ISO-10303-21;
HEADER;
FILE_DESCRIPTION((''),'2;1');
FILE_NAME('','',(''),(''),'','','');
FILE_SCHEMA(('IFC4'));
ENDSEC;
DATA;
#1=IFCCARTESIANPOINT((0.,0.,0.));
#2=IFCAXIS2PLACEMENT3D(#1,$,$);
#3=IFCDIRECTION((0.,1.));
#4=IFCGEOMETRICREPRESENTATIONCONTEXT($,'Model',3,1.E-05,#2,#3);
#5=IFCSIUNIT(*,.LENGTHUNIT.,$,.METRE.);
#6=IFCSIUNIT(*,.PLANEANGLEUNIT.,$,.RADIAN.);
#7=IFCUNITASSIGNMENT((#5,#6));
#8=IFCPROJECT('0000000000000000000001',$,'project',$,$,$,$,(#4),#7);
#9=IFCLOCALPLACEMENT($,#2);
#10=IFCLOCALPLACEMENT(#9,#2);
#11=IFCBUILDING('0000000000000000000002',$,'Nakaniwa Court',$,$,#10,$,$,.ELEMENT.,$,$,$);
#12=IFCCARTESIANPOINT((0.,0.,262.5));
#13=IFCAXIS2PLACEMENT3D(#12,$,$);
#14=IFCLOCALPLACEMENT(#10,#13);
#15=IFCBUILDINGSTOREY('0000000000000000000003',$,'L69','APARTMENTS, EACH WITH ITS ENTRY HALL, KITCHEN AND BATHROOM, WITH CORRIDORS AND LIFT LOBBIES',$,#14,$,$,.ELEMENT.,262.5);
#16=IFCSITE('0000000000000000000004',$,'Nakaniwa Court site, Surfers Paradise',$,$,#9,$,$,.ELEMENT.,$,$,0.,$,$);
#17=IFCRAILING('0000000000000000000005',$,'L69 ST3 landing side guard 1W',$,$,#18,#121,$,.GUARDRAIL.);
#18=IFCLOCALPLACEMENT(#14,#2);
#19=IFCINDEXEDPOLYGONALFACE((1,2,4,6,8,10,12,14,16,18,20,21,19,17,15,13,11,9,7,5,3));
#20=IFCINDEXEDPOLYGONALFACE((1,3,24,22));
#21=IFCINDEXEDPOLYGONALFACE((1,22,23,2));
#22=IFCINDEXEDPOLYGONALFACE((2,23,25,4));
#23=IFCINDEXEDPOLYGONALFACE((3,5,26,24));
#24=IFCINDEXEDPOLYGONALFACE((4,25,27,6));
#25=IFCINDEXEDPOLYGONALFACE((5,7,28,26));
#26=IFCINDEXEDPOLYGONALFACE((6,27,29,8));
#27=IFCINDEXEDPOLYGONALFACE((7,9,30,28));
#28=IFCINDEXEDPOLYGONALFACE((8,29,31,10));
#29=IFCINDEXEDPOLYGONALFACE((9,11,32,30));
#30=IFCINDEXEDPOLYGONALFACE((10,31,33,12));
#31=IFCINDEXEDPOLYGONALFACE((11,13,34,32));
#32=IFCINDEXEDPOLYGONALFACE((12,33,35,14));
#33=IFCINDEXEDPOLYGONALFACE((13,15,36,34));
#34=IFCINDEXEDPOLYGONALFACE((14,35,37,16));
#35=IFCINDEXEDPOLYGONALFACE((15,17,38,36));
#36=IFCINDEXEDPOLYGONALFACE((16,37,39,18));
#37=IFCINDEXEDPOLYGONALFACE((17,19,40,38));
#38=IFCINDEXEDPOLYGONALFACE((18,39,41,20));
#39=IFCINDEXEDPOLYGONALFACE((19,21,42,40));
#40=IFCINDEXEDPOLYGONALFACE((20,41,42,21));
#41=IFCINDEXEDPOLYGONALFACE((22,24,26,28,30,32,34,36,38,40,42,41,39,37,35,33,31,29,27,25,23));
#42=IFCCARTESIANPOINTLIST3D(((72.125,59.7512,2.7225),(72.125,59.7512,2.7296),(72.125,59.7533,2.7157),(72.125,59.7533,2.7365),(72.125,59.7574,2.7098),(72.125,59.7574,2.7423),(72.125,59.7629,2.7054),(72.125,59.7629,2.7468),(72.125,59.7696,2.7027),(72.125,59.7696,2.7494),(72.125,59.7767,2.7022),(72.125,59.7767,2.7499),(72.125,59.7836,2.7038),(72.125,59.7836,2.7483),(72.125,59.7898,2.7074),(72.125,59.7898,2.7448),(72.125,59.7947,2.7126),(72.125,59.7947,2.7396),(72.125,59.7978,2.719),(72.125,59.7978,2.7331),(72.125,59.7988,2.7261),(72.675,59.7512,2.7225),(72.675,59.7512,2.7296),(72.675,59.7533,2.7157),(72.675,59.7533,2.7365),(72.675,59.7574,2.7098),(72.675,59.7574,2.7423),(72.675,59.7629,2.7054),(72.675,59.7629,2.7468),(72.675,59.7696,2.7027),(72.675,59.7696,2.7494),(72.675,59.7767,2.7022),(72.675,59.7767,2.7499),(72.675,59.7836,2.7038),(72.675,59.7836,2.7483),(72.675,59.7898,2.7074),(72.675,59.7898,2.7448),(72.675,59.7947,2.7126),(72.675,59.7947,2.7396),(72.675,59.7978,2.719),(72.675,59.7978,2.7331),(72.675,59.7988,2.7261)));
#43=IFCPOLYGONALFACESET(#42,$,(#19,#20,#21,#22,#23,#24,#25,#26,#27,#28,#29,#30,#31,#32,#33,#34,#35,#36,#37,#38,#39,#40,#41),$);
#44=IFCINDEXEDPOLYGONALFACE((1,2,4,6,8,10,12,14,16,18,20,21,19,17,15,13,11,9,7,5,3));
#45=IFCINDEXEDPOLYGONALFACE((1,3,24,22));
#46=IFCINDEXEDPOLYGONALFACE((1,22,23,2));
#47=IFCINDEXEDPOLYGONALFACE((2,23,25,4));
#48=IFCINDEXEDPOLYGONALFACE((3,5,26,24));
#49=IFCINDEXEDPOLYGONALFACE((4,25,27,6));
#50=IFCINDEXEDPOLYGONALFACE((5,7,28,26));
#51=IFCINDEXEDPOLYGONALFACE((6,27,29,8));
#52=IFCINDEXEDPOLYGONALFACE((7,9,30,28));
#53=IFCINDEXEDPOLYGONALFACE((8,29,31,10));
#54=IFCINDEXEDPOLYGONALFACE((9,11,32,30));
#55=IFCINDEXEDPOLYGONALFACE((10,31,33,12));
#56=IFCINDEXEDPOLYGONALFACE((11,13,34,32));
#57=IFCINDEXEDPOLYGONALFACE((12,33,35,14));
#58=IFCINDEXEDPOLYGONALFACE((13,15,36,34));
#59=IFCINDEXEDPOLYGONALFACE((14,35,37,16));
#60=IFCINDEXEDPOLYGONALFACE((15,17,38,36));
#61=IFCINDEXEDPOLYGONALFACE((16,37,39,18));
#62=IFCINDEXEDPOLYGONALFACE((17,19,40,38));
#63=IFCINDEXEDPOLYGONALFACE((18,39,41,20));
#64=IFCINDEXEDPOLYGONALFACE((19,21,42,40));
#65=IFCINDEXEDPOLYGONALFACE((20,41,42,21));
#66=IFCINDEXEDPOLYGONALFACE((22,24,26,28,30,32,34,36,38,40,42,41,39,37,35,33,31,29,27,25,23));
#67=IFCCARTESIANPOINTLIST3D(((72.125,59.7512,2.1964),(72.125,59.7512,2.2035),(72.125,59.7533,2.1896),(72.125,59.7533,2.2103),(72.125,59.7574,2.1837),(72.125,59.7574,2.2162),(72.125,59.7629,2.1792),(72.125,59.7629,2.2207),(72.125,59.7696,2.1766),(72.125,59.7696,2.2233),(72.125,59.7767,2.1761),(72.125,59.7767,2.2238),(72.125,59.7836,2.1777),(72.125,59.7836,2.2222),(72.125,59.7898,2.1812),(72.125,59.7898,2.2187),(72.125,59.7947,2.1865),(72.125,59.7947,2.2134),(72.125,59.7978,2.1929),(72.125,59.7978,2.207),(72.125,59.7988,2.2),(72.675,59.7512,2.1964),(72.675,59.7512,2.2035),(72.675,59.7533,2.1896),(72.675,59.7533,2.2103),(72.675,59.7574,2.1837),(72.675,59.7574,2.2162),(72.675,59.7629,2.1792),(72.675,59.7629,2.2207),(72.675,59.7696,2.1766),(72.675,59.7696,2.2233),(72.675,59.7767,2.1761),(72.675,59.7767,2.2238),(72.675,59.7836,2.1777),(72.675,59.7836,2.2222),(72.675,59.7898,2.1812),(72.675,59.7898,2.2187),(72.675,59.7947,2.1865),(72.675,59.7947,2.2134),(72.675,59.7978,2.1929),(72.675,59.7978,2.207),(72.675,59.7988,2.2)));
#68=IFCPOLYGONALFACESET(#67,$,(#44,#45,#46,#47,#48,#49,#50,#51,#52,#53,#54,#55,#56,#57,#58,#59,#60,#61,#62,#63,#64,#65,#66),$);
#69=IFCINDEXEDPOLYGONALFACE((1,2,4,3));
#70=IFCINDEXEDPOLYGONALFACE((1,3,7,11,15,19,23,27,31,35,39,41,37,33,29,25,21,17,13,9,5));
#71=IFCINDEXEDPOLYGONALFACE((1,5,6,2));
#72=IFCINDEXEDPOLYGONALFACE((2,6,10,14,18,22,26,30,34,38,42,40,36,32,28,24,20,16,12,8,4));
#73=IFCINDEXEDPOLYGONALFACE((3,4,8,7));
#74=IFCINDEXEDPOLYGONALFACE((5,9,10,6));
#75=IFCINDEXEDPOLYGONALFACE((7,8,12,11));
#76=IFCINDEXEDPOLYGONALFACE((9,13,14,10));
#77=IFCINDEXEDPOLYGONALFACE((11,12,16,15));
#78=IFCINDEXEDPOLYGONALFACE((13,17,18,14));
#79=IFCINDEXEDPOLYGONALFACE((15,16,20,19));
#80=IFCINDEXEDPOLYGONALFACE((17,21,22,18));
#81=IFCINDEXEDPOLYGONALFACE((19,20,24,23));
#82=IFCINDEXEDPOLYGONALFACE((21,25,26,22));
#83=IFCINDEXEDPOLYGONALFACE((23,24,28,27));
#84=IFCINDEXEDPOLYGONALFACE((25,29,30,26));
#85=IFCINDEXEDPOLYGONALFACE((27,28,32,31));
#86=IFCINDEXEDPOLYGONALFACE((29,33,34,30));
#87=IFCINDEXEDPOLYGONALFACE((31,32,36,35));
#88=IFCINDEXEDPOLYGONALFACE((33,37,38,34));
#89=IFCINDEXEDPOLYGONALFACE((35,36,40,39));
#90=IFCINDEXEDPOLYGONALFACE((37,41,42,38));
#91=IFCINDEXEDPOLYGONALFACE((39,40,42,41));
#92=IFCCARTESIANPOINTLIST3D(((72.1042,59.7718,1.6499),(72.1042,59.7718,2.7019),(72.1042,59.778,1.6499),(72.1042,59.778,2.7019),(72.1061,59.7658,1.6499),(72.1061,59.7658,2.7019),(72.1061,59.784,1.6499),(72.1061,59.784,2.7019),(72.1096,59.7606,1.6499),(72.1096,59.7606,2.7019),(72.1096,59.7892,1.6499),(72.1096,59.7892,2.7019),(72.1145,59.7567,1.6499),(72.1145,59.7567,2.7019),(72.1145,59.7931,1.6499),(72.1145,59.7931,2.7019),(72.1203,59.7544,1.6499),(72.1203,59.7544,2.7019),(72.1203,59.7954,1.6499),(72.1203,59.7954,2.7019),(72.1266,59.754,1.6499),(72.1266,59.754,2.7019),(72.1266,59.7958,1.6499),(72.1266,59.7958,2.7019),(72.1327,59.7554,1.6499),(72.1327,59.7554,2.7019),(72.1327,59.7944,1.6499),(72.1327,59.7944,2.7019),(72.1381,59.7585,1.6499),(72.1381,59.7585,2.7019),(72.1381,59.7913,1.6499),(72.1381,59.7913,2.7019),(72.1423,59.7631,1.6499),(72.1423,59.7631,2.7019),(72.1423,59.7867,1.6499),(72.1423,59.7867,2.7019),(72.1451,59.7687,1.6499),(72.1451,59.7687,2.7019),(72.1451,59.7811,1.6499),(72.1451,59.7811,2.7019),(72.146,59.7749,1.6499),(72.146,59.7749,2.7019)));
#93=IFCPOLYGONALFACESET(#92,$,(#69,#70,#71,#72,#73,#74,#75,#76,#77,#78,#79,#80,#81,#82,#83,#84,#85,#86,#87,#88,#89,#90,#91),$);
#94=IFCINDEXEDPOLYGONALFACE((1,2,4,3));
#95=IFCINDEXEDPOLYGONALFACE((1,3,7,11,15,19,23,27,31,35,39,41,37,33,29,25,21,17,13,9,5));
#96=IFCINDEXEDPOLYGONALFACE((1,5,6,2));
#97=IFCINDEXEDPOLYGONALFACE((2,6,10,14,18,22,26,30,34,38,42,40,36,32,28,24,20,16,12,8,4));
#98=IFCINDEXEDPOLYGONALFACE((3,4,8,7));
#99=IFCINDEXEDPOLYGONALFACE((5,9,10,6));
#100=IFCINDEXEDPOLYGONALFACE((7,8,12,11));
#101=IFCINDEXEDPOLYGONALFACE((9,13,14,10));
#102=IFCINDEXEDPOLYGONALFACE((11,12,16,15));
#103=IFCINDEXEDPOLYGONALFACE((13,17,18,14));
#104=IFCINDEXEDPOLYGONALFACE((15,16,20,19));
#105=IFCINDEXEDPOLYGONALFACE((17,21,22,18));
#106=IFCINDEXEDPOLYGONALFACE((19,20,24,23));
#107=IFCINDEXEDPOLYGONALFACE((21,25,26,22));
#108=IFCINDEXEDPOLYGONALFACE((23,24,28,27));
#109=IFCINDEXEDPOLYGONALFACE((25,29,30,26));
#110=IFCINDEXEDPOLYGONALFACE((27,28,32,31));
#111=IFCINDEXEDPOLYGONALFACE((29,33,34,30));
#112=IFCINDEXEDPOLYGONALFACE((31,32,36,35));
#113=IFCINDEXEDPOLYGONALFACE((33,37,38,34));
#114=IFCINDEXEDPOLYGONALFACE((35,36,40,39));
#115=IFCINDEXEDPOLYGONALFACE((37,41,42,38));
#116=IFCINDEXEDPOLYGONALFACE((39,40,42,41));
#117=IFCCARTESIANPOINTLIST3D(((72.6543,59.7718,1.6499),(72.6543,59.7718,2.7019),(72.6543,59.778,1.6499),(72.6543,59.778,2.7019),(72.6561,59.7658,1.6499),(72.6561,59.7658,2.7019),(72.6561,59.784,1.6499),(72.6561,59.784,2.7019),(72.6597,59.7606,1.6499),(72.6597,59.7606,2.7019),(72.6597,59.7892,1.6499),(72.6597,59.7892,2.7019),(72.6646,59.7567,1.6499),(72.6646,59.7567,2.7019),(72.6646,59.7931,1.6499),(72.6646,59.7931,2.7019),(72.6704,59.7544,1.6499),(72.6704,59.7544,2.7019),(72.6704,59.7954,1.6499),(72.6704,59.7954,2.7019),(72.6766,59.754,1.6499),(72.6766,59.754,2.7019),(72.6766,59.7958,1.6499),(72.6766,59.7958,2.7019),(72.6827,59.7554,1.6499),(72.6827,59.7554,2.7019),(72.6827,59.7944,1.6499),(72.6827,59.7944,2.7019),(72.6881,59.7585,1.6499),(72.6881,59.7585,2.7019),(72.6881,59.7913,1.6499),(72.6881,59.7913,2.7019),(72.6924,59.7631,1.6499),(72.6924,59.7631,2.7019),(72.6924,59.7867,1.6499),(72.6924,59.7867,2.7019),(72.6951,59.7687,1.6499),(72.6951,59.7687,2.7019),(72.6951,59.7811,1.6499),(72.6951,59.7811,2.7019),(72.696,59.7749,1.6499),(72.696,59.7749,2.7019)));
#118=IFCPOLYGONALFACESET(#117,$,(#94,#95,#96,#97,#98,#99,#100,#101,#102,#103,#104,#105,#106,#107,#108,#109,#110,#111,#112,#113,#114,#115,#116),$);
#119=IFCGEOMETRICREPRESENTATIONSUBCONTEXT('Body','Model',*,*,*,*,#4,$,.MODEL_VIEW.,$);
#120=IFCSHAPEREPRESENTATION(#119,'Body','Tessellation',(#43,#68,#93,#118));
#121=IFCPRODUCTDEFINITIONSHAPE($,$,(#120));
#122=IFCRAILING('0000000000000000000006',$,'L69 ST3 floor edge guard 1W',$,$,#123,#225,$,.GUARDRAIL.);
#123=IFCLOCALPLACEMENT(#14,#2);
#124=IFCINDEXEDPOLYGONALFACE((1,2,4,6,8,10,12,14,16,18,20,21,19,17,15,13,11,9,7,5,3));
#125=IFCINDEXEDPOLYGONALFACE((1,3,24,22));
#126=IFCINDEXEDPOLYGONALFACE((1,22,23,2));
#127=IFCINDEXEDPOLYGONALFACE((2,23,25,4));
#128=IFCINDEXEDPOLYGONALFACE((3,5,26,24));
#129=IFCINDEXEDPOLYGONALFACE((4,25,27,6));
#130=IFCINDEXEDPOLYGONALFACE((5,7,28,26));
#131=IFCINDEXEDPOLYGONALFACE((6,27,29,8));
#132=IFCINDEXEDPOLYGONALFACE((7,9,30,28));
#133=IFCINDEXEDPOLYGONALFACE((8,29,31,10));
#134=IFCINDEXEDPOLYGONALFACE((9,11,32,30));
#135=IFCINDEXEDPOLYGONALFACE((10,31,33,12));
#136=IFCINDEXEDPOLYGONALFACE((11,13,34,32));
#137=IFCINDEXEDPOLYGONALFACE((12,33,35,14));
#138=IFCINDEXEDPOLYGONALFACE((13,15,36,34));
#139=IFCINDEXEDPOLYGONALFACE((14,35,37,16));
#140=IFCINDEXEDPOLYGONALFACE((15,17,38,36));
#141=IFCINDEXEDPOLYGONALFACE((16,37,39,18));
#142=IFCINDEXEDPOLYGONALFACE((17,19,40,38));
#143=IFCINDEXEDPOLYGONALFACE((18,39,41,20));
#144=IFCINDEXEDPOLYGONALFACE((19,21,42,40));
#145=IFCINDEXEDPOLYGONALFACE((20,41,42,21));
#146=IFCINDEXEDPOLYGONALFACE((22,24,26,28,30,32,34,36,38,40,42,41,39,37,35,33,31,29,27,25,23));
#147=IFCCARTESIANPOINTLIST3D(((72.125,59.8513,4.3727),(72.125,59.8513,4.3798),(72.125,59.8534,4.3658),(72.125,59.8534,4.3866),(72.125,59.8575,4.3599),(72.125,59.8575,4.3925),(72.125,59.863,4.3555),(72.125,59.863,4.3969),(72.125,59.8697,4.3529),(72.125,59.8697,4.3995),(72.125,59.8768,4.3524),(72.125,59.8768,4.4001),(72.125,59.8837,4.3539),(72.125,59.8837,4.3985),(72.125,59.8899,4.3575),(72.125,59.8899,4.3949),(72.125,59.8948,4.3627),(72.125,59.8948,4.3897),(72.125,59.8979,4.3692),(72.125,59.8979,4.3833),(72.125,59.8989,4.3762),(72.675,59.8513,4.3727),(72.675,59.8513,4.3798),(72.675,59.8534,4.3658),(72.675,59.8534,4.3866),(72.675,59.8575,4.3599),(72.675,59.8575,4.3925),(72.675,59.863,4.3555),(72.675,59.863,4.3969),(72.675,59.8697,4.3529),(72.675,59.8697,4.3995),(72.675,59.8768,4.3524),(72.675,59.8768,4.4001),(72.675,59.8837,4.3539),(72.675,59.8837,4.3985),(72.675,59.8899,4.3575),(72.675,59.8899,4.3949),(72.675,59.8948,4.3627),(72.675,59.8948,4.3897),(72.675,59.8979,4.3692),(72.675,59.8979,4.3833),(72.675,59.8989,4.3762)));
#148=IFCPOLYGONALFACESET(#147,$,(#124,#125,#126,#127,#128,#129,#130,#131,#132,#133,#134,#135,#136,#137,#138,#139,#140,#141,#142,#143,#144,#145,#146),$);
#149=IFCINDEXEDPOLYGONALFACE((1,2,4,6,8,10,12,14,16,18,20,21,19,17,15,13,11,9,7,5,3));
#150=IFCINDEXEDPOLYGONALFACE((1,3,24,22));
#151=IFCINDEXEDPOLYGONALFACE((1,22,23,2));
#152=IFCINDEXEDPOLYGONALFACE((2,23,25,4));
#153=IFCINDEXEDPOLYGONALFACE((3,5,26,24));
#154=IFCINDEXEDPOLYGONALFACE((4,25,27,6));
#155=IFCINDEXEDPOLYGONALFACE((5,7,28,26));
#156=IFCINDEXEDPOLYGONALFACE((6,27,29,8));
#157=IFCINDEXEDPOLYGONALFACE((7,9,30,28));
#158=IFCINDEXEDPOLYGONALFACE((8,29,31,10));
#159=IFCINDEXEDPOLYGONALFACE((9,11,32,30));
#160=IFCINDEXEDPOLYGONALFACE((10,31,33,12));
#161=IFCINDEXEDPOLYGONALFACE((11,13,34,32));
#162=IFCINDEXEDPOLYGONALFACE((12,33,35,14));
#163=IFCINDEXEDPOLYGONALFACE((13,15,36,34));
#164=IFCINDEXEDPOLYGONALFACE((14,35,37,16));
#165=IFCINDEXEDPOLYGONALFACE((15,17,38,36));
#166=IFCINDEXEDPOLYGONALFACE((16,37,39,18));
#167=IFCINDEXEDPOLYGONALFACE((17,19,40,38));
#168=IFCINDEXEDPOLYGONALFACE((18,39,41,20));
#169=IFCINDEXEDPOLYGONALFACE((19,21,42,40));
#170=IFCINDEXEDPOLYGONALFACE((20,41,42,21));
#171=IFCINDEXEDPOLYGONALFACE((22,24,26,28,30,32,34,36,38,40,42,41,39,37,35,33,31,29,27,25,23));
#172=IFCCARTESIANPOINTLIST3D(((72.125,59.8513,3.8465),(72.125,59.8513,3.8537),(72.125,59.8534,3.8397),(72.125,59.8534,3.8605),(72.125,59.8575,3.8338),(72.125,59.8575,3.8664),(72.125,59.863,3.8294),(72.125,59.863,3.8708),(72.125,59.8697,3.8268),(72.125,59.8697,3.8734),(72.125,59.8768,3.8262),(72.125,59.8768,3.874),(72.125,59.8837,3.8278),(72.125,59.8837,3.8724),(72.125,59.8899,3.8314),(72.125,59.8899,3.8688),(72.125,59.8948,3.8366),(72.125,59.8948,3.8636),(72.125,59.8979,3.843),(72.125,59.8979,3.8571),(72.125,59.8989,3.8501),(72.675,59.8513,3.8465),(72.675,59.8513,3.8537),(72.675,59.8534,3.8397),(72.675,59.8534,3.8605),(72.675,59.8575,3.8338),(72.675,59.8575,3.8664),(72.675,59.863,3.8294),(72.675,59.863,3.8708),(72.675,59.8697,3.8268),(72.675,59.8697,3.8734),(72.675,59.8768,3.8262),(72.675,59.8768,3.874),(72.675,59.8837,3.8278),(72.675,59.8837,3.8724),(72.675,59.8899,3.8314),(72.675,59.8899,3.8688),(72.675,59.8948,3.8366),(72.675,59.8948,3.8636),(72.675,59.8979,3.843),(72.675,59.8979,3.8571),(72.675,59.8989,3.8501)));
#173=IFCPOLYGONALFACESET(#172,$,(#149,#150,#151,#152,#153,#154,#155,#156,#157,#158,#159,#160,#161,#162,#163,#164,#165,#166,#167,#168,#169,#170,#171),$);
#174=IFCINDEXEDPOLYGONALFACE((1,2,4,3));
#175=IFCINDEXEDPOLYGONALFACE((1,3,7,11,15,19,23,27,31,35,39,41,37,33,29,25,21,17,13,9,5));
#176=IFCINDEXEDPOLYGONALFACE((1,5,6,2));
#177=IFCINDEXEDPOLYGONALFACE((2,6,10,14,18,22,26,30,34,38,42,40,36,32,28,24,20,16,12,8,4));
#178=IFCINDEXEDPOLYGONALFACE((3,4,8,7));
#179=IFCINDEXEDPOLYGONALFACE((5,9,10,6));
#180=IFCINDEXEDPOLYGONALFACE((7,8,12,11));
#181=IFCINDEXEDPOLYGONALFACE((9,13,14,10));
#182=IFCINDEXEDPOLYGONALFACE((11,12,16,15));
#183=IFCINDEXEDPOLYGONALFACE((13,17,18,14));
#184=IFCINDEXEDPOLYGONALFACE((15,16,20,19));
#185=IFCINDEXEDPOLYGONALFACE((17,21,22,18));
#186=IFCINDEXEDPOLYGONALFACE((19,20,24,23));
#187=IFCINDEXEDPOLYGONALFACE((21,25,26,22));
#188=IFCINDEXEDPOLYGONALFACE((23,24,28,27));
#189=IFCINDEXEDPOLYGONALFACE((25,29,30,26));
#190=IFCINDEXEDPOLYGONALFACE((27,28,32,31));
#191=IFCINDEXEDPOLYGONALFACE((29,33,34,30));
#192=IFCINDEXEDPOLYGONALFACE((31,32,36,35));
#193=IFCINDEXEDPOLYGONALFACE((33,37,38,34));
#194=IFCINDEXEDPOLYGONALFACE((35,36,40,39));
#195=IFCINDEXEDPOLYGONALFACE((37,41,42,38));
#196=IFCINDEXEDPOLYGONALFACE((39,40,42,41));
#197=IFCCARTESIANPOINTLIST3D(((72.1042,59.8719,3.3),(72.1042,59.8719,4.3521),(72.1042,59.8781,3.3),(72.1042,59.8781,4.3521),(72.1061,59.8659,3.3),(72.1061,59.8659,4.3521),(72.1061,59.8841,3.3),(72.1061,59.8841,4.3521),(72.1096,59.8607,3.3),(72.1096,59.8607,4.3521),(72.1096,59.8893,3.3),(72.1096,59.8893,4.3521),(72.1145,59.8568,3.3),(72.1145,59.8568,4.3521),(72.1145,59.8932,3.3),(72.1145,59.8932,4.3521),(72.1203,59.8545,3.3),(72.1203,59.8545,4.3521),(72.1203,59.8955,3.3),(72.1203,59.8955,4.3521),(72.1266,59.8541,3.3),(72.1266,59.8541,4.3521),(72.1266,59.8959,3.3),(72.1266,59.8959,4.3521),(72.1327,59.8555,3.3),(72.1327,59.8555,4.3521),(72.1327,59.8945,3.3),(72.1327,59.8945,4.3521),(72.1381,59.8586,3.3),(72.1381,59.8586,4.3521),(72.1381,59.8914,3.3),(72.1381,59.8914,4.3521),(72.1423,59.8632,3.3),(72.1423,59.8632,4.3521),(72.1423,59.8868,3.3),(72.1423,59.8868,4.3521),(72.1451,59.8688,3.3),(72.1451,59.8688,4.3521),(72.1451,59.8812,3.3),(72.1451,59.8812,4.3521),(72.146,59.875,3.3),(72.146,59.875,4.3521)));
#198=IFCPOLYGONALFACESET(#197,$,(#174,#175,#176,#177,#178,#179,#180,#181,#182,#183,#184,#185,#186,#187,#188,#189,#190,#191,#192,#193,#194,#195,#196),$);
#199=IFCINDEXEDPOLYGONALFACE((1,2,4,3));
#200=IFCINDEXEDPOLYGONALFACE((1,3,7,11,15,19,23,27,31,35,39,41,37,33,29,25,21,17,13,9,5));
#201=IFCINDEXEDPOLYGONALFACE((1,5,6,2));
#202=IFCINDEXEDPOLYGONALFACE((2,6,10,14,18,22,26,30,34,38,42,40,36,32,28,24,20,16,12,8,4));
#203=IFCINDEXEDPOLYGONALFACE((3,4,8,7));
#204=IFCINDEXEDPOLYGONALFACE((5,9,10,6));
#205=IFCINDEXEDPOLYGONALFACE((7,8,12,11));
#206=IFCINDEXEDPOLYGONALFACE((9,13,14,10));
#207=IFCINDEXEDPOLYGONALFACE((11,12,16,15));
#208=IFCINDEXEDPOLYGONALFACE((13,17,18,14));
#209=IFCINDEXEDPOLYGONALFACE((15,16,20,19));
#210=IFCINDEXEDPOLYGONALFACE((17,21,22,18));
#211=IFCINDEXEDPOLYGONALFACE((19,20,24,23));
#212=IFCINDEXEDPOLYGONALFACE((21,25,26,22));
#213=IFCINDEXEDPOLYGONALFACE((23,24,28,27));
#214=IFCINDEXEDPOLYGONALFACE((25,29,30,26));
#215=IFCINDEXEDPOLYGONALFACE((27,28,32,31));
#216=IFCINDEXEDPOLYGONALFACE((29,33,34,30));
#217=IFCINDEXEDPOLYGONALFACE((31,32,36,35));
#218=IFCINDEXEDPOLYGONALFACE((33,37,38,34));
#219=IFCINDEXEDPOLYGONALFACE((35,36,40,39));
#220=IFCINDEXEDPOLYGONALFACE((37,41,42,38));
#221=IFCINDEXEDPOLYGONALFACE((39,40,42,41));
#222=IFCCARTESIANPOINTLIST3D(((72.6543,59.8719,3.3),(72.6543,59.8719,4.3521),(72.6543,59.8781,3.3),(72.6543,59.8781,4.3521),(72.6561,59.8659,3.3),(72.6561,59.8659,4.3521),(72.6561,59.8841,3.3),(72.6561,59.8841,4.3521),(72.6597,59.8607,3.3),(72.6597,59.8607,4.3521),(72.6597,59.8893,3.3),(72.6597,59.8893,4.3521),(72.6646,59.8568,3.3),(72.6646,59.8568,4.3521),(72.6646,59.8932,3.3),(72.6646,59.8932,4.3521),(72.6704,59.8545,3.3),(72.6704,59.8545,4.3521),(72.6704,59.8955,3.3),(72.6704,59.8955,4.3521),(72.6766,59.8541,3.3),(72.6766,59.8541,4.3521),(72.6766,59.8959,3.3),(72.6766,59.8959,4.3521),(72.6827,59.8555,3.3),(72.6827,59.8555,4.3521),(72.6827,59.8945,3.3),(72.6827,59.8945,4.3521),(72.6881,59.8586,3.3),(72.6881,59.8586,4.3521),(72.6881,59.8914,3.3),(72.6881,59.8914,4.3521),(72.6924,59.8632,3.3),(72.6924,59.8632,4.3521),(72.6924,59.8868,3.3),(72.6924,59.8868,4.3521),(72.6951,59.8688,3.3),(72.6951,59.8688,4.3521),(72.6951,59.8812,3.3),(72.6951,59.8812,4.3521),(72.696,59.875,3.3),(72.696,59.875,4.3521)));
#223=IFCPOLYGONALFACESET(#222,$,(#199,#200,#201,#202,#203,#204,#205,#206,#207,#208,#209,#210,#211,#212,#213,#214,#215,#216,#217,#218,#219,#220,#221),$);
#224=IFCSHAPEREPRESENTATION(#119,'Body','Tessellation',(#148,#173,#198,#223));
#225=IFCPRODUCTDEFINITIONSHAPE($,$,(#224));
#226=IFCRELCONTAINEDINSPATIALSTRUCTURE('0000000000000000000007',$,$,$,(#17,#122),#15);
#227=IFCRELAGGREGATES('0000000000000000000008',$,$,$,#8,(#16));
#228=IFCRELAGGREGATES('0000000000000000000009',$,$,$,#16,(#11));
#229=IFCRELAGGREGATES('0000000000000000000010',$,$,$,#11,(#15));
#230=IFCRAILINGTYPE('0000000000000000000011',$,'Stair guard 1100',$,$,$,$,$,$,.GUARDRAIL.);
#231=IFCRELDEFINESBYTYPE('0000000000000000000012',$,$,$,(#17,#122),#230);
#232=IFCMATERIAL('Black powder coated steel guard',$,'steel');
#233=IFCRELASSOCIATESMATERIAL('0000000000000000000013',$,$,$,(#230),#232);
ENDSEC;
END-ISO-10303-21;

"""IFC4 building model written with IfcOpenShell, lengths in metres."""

from ifc_helpers import new_model, si_unit, direction, frame, origin, origin_2d, place, context, subcontext, project, spatial, circle, extrude, material, type_object, element, save


model = new_model("IFC4")

# Units and contexts
model_context = context("Model", 3, precision=1e-05, world=origin(), true_north=direction((0.0, 1.0)))
body_context = subcontext(model_context, "Body", "Model", "MODEL_VIEW")
ifc_project = project(units=[si_unit("LENGTHUNIT", "METRE"), si_unit("PLANEANGLEUNIT", "RADIAN")], contexts=[model_context])

# Site, building, storey
site_placement = place(None, origin())
site = spatial("IfcSite", under=ifc_project, at=site_placement, Name="Nakaniwa Court site, Surfers Paradise", CompositionType="ELEMENT", RefElevation=0.0)
building_placement = place(site_placement, origin())
building = spatial("IfcBuilding", under=site, at=building_placement, Name="Nakaniwa Court", CompositionType="ELEMENT")
storey_placement = place(building_placement, frame((0.0, 0.0, 262.5)))
storey = spatial("IfcBuildingStorey", under=building, at=storey_placement, Name="L69", Description="APARTMENTS, EACH WITH ITS ENTRY HALL, KITCHEN AND BATHROOM, WITH CORRIDORS AND LIFT LOBBIES", CompositionType="ELEMENT", Elevation=262.5)

# Railings
ifc_material_1 = material(Name="Black powder coated steel guard", Category="steel")
railing_type_1 = type_object("IfcRailingType", Name="Stair guard 1100", PredefinedType="GUARDRAIL", material=ifc_material_1)
for number, where, name in (
    (1, (72.125, 59.7749, 1.6499), "L69 ST3 landing side guard 1W"),
    (2, (72.125, 59.875, 3.3), "L69 ST3 floor edge guard 1W"),
):
    element("IfcRailing", number, at=place(storey_placement, frame(where)), inside=storey, type_object=railing_type_1, Name=name, PredefinedType="GUARDRAIL", context=body_context, shape_type="SweptSolid", body=[
        extrude(circle(Radius=0.0239, at=origin_2d()), frame((0.0, 0.0, 1.0762), z_axis=(1.0, 0.0, 0.0), x_axis=(0.0, 1.0, 0.0)), (0.0, 0.0, 1.0), 0.55),
        extrude(circle(Radius=0.0239, at=origin_2d()), frame((0.0, 0.0, 0.55), z_axis=(1.0, 0.0, 0.0), x_axis=(0.0, 1.0, 0.0)), (0.0, 0.0, 1.0), 0.55),
        extrude(circle(Radius=0.021, at=origin_2d()), origin(), (0.0, 0.0, 1.0), 1.052),
        extrude(circle(Radius=0.021, at=origin_2d()), frame((0.55, 0.0, 0.0)), (0.0, 0.0, 1.0), 1.052),
    ])

save(model, "model.ifc")
